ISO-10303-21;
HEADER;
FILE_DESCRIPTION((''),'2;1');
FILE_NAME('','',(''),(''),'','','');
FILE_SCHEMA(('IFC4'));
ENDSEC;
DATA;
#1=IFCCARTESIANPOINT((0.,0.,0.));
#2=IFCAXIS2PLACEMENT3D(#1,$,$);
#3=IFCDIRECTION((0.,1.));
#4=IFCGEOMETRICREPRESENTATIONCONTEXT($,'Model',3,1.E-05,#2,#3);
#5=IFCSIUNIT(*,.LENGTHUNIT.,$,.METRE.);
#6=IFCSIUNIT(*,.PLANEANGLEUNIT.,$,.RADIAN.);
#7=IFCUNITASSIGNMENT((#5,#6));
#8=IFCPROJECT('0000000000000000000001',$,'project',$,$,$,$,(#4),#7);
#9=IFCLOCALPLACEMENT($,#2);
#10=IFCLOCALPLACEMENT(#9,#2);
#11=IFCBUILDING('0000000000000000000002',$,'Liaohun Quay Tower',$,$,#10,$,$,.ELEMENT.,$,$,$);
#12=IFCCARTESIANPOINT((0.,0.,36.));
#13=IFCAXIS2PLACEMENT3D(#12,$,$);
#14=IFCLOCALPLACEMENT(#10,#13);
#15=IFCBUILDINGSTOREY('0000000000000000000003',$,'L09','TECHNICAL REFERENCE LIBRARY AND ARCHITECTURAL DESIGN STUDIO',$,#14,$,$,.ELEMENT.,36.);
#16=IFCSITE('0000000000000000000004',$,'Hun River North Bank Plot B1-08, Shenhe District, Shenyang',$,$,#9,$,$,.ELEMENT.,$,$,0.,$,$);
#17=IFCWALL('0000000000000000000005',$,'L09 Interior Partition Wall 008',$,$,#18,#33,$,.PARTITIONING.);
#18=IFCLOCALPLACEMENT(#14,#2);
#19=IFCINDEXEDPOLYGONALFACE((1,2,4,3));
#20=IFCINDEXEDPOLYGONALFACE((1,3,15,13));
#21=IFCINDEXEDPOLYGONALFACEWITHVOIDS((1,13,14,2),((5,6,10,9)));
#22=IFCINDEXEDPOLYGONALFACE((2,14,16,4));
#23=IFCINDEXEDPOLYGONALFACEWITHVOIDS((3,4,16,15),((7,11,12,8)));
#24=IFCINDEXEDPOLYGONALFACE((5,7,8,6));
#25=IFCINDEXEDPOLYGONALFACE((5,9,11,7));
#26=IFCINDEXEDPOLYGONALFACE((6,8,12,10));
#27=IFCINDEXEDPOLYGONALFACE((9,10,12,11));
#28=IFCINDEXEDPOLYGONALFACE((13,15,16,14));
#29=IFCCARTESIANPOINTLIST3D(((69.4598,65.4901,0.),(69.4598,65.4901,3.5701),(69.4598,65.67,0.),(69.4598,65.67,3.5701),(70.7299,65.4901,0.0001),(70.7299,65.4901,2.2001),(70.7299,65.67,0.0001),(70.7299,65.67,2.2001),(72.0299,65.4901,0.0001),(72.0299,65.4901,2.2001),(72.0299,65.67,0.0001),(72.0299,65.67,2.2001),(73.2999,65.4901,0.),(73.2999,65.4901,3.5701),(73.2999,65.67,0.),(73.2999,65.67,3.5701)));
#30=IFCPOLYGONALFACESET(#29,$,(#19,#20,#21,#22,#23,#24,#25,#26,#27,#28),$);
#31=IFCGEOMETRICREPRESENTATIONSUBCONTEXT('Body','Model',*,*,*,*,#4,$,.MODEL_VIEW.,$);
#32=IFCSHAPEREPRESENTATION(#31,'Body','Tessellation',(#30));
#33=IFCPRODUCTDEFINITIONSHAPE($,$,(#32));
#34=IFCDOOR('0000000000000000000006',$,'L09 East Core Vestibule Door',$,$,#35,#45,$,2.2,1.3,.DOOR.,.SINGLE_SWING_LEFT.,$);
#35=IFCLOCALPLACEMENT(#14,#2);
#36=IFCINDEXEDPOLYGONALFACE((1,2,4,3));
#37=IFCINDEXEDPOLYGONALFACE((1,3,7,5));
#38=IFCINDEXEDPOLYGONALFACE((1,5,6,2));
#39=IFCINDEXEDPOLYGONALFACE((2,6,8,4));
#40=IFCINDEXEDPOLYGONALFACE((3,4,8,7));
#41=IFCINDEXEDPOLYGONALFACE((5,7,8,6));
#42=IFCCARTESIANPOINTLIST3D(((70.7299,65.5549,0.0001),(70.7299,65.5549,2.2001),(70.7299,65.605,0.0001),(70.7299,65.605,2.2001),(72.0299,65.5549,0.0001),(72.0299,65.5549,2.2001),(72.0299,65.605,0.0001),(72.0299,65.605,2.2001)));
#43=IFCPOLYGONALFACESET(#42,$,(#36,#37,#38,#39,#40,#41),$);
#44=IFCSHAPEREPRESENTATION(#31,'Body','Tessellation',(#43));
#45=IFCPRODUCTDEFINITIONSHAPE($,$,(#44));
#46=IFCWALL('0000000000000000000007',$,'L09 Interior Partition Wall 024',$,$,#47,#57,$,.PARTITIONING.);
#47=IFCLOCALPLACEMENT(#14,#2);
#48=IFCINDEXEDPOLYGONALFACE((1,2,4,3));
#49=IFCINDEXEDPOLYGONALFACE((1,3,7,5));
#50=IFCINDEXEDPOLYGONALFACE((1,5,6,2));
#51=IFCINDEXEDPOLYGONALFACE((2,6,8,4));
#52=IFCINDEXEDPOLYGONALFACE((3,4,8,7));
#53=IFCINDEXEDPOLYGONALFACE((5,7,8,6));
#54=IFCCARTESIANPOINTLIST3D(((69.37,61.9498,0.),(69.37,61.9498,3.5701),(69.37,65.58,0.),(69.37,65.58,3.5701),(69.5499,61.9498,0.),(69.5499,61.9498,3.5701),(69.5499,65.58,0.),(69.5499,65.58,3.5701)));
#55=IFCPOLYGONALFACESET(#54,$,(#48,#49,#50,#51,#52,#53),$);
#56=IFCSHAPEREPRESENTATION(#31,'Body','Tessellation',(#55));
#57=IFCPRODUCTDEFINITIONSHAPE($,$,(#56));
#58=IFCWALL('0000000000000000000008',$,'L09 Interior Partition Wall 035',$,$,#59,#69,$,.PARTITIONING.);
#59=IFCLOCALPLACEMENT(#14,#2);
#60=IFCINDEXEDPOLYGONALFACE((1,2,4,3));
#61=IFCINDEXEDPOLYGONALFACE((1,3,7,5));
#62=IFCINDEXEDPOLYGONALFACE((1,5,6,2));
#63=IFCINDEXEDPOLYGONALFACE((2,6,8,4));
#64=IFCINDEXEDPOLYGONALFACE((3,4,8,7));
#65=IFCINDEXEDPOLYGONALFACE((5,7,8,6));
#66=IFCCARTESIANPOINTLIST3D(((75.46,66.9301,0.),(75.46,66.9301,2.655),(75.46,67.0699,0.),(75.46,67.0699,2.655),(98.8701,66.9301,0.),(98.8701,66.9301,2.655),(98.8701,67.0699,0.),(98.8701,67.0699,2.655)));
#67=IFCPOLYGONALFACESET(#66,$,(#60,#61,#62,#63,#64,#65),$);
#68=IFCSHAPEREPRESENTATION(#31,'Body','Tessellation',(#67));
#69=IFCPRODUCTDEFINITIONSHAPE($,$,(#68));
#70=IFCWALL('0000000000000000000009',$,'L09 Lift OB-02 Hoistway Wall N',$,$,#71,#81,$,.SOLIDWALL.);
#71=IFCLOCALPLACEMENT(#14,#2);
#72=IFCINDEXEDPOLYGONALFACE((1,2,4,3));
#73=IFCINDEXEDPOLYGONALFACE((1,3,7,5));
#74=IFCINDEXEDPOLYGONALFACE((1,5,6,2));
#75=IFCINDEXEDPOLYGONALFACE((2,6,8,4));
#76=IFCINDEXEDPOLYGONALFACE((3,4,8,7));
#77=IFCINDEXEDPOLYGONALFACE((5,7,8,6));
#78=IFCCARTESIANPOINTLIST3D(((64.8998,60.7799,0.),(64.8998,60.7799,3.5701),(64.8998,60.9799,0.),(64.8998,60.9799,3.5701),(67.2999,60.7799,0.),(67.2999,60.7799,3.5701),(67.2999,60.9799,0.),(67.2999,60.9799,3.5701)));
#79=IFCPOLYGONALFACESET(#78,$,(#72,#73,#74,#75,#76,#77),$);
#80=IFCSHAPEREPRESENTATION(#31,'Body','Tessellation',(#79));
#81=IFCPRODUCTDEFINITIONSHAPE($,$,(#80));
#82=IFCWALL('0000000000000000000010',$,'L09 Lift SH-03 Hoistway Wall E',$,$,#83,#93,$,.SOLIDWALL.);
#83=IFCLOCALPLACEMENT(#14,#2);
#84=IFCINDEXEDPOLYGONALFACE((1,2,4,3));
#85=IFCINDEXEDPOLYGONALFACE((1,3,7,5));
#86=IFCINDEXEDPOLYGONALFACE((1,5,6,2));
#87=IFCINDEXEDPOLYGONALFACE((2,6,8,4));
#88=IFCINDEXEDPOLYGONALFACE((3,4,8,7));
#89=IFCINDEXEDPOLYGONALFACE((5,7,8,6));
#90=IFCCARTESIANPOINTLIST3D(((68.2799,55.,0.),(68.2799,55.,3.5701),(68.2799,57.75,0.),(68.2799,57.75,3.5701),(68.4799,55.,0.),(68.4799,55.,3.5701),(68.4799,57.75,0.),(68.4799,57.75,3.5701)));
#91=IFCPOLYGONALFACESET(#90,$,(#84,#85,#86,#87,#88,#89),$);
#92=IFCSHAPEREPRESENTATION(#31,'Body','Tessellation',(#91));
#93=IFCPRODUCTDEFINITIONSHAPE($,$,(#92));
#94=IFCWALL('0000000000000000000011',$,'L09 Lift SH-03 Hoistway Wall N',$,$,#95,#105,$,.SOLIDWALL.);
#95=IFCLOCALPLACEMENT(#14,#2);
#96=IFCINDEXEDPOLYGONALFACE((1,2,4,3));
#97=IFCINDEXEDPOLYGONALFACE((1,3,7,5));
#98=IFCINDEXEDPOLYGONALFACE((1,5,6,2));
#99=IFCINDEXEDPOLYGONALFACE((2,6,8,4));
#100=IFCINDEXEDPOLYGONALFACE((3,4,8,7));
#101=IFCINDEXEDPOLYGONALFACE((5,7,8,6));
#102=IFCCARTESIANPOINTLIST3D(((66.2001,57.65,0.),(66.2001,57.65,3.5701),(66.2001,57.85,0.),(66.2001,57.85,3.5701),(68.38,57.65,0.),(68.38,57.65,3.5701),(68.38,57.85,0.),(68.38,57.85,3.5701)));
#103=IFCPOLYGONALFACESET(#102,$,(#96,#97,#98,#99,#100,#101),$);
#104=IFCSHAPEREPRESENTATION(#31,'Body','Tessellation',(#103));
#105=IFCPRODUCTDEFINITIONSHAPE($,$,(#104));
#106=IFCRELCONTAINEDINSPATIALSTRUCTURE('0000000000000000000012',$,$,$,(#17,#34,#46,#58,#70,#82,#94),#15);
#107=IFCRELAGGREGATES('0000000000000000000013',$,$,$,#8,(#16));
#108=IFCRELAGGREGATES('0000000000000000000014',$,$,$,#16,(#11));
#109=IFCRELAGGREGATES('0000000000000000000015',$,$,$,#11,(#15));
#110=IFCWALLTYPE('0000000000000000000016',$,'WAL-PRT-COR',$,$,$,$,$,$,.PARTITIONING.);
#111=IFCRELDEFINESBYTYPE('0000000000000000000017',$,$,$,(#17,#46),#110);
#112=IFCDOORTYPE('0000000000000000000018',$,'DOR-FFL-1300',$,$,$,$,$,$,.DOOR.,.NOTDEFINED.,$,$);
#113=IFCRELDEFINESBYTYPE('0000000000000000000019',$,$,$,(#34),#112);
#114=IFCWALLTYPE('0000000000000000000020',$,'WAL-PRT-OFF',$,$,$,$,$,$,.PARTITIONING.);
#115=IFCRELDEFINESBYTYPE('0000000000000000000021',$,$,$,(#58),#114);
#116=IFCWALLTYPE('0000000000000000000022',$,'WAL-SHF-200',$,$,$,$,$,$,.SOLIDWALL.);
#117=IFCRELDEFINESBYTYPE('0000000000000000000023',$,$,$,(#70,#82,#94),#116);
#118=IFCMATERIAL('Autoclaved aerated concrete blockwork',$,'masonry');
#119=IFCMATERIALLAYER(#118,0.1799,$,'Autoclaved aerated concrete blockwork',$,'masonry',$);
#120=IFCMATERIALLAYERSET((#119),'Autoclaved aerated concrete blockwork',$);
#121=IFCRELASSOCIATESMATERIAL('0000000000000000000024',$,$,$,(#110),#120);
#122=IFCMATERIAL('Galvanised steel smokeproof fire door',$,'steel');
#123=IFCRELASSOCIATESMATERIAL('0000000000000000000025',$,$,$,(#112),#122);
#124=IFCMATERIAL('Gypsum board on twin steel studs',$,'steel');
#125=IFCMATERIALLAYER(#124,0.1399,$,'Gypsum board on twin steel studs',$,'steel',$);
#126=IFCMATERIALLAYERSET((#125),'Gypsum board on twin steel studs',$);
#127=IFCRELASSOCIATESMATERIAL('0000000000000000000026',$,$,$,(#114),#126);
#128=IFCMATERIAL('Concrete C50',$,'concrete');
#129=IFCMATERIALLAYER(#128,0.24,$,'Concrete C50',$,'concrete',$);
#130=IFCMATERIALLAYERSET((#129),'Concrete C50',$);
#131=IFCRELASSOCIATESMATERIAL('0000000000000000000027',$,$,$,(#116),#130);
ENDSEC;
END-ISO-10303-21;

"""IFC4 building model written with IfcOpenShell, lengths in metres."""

from ifc_helpers import new_model, si_unit, direction, frame, frame_2d, origin, place, context, subcontext, project, spatial, rectangle, extrude, source, transform, mapped, material, layer, layer_set, type_object, element, fill, save


model = new_model("IFC4")

# Units and contexts
model_context = context("Model", 3, precision=1e-05, world=origin(), true_north=direction((0.0, 1.0)))
body_context = subcontext(model_context, "Body", "Model", "MODEL_VIEW")
ifc_project = project(units=[si_unit("LENGTHUNIT", "METRE"), si_unit("PLANEANGLEUNIT", "RADIAN")], contexts=[model_context])

# Site, building, storey
site_placement = place(None, origin())
site = spatial("IfcSite", under=ifc_project, at=site_placement, Name="Hun River North Bank Plot B1-08, Shenhe District, Shenyang", CompositionType="ELEMENT", RefElevation=0.0)
building_placement = place(site_placement, origin())
building = spatial("IfcBuilding", under=site, at=building_placement, Name="Liaohun Quay Tower", CompositionType="ELEMENT")
storey_placement = place(building_placement, frame((0.0, 0.0, 36.0)))
storey = spatial("IfcBuildingStorey", under=building, at=storey_placement, Name="L09", Description="TECHNICAL REFERENCE LIBRARY AND ARCHITECTURAL DESIGN STUDIO", CompositionType="ELEMENT", Elevation=36.0)

# Wall, opening, door
ifc_material_1 = material(Name="Autoclaved aerated concrete blockwork", Category="masonry")
ifc_layer_1 = layer(ifc_material_1, 0.1799, Name="Autoclaved aerated concrete blockwork", Category="masonry")
ifc_layer_set_1 = layer_set([ifc_layer_1], Name="Autoclaved aerated concrete blockwork")
wall_type_1 = type_object("IfcWallType", Name="WAL-PRT-COR", PredefinedType="PARTITIONING", material=ifc_layer_set_1)
wall_1_placement = place(storey_placement, frame((69.46, 65.5801, 0.0), z_axis=(0.0, 0.0, 1.0), x_axis=(1.0, 0.0, 0.0)))
wall_1 = element("IfcWall", 1, at=wall_1_placement, inside=storey, type_object=wall_type_1, Name="L09 Interior Partition Wall 008", PredefinedType="PARTITIONING", context=body_context, shape_type="SweptSolid", body=[
    extrude(rectangle(XDim=3.8401, YDim=0.1799, at=frame_2d((1.9199, 0.0))), origin(), (0.0, 0.0, 1.0), 3.5701),
])
shared_shape_1 = source(origin(), body_context, "Body", "SweptSolid", [
    extrude(rectangle(XDim=1.3, YDim=2.2, at=frame_2d((0.6499, 1.1001))), frame((0.0, 0.0999, 0.0), z_axis=(0.0, -1.0, 0.0), x_axis=(1.0, 0.0, 0.0)), (0.0, 0.0, 1.0), 0.2),
])
opening_1_placement = place(wall_1_placement, frame((1.27, 0.0, 0.0)))
opening_1 = element("IfcOpeningElement", 2, at=opening_1_placement, cuts=wall_1, PredefinedType="OPENING", context=body_context, shape_type="MappedRepresentation", body=[
    mapped(shared_shape_1, transform((0.0, 0.0, 0.0), x_axis=(1.0, 0.0, 0.0), y_axis=(0.0, 1.0, 0.0), z_axis=(0.0, 0.0, 1.0), scale=1.0)),
])
ifc_material_2 = material(Name="Galvanised steel smokeproof fire door", Category="steel")
door_type_1 = type_object("IfcDoorType", Name="DOR-FFL-1300", OperationType="NOTDEFINED", PredefinedType="DOOR", material=ifc_material_2)
shared_shape_2 = source(origin(), body_context, "Body", "SweptSolid", [
    extrude(rectangle(XDim=1.3, YDim=2.2, at=frame_2d((0.6499, 1.1001))), frame((0.0, 0.0249, 0.0), z_axis=(0.0, -1.0, 0.0), x_axis=(1.0, 0.0, 0.0)), (0.0, 0.0, 1.0), 0.05),
])
door_1_placement = place(opening_1_placement, origin())
door_1 = element("IfcDoor", 3, at=door_1_placement, inside=storey, type_object=door_type_1, Name="L09 East Core Vestibule Door", OperationType="SINGLE_SWING_LEFT", OverallHeight=2.2, OverallWidth=1.3, PredefinedType="DOOR", context=body_context, shape_type="MappedRepresentation", body=[
    mapped(shared_shape_2, transform((0.0, 0.0, 0.0), x_axis=(1.0, 0.0, 0.0), y_axis=(0.0, 1.0, 0.0), z_axis=(0.0, 0.0, 1.0), scale=1.0)),
])
fill(opening_1, door_1)

# Walls
wall_2_placement = place(storey_placement, frame((69.46, 61.95, 0.0), z_axis=(0.0, 0.0, 1.0), x_axis=(0.0, 1.0, 0.0)))
element("IfcWall", 4, at=wall_2_placement, inside=storey, type_object=wall_type_1, Name="L09 Interior Partition Wall 024", PredefinedType="PARTITIONING", context=body_context, shape_type="SweptSolid", body=[
    extrude(rectangle(XDim=3.6301, YDim=0.1799, at=frame_2d((1.8149, 0.0))), origin(), (0.0, 0.0, 1.0), 3.5701),
])
ifc_material_3 = material(Name="Gypsum board on twin steel studs", Category="steel")
ifc_layer_2 = layer(ifc_material_3, 0.1399, Name="Gypsum board on twin steel studs", Category="steel")
ifc_layer_set_2 = layer_set([ifc_layer_2], Name="Gypsum board on twin steel studs")
wall_type_2 = type_object("IfcWallType", Name="WAL-PRT-OFF", PredefinedType="PARTITIONING", material=ifc_layer_set_2)
wall_3_placement = place(storey_placement, frame((75.46, 67.0, 0.0), z_axis=(0.0, 0.0, 1.0), x_axis=(1.0, 0.0, 0.0)))
element("IfcWall", 5, at=wall_3_placement, inside=storey, type_object=wall_type_2, Name="L09 Interior Partition Wall 035", PredefinedType="PARTITIONING", context=body_context, shape_type="SweptSolid", body=[
    extrude(rectangle(XDim=23.4102, YDim=0.1399, at=frame_2d((11.7051, 0.0))), origin(), (0.0, 0.0, 1.0), 2.655),
])
ifc_material_4 = material(Name="Concrete C50", Category="concrete")
ifc_layer_3 = layer(ifc_material_4, 0.24, Name="Concrete C50", Category="concrete")
ifc_layer_set_3 = layer_set([ifc_layer_3], Name="Concrete C50")
wall_type_3 = type_object("IfcWallType", Name="WAL-SHF-200", PredefinedType="SOLIDWALL", material=ifc_layer_set_3)
wall_4_placement = place(storey_placement, frame((67.3, 60.8799, 0.0), z_axis=(0.0, 0.0, 1.0), x_axis=(-1.0, 0.0, 0.0)))
element("IfcWall", 6, at=wall_4_placement, inside=storey, type_object=wall_type_3, Name="L09 Lift OB-02 Hoistway Wall N", PredefinedType="SOLIDWALL", context=body_context, shape_type="SweptSolid", body=[
    extrude(rectangle(XDim=2.4001, YDim=0.2, at=frame_2d((1.2002, 0.0))), origin(), (0.0, 0.0, 1.0), 3.5701),
])
wall_5_placement = place(storey_placement, frame((68.3799, 55.0, 0.0), z_axis=(0.0, 0.0, 1.0), x_axis=(0.0, 1.0, 0.0)))
element("IfcWall", 7, at=wall_5_placement, inside=storey, type_object=wall_type_3, Name="L09 Lift SH-03 Hoistway Wall E", PredefinedType="SOLIDWALL", context=body_context, shape_type="SweptSolid", body=[
    extrude(rectangle(XDim=2.75, YDim=0.2, at=frame_2d((1.375, 0.0))), origin(), (0.0, 0.0, 1.0), 3.5701),
])
wall_6_placement = place(storey_placement, frame((68.3799, 57.75, 0.0), z_axis=(0.0, 0.0, 1.0), x_axis=(-1.0, 0.0, 0.0)))
element("IfcWall", 8, at=wall_6_placement, inside=storey, type_object=wall_type_3, Name="L09 Lift SH-03 Hoistway Wall N", PredefinedType="SOLIDWALL", context=body_context, shape_type="SweptSolid", body=[
    extrude(rectangle(XDim=2.1799, YDim=0.2, at=frame_2d((1.0898, 0.0))), origin(), (0.0, 0.0, 1.0), 3.5701),
])

save(model, "model.ifc")
